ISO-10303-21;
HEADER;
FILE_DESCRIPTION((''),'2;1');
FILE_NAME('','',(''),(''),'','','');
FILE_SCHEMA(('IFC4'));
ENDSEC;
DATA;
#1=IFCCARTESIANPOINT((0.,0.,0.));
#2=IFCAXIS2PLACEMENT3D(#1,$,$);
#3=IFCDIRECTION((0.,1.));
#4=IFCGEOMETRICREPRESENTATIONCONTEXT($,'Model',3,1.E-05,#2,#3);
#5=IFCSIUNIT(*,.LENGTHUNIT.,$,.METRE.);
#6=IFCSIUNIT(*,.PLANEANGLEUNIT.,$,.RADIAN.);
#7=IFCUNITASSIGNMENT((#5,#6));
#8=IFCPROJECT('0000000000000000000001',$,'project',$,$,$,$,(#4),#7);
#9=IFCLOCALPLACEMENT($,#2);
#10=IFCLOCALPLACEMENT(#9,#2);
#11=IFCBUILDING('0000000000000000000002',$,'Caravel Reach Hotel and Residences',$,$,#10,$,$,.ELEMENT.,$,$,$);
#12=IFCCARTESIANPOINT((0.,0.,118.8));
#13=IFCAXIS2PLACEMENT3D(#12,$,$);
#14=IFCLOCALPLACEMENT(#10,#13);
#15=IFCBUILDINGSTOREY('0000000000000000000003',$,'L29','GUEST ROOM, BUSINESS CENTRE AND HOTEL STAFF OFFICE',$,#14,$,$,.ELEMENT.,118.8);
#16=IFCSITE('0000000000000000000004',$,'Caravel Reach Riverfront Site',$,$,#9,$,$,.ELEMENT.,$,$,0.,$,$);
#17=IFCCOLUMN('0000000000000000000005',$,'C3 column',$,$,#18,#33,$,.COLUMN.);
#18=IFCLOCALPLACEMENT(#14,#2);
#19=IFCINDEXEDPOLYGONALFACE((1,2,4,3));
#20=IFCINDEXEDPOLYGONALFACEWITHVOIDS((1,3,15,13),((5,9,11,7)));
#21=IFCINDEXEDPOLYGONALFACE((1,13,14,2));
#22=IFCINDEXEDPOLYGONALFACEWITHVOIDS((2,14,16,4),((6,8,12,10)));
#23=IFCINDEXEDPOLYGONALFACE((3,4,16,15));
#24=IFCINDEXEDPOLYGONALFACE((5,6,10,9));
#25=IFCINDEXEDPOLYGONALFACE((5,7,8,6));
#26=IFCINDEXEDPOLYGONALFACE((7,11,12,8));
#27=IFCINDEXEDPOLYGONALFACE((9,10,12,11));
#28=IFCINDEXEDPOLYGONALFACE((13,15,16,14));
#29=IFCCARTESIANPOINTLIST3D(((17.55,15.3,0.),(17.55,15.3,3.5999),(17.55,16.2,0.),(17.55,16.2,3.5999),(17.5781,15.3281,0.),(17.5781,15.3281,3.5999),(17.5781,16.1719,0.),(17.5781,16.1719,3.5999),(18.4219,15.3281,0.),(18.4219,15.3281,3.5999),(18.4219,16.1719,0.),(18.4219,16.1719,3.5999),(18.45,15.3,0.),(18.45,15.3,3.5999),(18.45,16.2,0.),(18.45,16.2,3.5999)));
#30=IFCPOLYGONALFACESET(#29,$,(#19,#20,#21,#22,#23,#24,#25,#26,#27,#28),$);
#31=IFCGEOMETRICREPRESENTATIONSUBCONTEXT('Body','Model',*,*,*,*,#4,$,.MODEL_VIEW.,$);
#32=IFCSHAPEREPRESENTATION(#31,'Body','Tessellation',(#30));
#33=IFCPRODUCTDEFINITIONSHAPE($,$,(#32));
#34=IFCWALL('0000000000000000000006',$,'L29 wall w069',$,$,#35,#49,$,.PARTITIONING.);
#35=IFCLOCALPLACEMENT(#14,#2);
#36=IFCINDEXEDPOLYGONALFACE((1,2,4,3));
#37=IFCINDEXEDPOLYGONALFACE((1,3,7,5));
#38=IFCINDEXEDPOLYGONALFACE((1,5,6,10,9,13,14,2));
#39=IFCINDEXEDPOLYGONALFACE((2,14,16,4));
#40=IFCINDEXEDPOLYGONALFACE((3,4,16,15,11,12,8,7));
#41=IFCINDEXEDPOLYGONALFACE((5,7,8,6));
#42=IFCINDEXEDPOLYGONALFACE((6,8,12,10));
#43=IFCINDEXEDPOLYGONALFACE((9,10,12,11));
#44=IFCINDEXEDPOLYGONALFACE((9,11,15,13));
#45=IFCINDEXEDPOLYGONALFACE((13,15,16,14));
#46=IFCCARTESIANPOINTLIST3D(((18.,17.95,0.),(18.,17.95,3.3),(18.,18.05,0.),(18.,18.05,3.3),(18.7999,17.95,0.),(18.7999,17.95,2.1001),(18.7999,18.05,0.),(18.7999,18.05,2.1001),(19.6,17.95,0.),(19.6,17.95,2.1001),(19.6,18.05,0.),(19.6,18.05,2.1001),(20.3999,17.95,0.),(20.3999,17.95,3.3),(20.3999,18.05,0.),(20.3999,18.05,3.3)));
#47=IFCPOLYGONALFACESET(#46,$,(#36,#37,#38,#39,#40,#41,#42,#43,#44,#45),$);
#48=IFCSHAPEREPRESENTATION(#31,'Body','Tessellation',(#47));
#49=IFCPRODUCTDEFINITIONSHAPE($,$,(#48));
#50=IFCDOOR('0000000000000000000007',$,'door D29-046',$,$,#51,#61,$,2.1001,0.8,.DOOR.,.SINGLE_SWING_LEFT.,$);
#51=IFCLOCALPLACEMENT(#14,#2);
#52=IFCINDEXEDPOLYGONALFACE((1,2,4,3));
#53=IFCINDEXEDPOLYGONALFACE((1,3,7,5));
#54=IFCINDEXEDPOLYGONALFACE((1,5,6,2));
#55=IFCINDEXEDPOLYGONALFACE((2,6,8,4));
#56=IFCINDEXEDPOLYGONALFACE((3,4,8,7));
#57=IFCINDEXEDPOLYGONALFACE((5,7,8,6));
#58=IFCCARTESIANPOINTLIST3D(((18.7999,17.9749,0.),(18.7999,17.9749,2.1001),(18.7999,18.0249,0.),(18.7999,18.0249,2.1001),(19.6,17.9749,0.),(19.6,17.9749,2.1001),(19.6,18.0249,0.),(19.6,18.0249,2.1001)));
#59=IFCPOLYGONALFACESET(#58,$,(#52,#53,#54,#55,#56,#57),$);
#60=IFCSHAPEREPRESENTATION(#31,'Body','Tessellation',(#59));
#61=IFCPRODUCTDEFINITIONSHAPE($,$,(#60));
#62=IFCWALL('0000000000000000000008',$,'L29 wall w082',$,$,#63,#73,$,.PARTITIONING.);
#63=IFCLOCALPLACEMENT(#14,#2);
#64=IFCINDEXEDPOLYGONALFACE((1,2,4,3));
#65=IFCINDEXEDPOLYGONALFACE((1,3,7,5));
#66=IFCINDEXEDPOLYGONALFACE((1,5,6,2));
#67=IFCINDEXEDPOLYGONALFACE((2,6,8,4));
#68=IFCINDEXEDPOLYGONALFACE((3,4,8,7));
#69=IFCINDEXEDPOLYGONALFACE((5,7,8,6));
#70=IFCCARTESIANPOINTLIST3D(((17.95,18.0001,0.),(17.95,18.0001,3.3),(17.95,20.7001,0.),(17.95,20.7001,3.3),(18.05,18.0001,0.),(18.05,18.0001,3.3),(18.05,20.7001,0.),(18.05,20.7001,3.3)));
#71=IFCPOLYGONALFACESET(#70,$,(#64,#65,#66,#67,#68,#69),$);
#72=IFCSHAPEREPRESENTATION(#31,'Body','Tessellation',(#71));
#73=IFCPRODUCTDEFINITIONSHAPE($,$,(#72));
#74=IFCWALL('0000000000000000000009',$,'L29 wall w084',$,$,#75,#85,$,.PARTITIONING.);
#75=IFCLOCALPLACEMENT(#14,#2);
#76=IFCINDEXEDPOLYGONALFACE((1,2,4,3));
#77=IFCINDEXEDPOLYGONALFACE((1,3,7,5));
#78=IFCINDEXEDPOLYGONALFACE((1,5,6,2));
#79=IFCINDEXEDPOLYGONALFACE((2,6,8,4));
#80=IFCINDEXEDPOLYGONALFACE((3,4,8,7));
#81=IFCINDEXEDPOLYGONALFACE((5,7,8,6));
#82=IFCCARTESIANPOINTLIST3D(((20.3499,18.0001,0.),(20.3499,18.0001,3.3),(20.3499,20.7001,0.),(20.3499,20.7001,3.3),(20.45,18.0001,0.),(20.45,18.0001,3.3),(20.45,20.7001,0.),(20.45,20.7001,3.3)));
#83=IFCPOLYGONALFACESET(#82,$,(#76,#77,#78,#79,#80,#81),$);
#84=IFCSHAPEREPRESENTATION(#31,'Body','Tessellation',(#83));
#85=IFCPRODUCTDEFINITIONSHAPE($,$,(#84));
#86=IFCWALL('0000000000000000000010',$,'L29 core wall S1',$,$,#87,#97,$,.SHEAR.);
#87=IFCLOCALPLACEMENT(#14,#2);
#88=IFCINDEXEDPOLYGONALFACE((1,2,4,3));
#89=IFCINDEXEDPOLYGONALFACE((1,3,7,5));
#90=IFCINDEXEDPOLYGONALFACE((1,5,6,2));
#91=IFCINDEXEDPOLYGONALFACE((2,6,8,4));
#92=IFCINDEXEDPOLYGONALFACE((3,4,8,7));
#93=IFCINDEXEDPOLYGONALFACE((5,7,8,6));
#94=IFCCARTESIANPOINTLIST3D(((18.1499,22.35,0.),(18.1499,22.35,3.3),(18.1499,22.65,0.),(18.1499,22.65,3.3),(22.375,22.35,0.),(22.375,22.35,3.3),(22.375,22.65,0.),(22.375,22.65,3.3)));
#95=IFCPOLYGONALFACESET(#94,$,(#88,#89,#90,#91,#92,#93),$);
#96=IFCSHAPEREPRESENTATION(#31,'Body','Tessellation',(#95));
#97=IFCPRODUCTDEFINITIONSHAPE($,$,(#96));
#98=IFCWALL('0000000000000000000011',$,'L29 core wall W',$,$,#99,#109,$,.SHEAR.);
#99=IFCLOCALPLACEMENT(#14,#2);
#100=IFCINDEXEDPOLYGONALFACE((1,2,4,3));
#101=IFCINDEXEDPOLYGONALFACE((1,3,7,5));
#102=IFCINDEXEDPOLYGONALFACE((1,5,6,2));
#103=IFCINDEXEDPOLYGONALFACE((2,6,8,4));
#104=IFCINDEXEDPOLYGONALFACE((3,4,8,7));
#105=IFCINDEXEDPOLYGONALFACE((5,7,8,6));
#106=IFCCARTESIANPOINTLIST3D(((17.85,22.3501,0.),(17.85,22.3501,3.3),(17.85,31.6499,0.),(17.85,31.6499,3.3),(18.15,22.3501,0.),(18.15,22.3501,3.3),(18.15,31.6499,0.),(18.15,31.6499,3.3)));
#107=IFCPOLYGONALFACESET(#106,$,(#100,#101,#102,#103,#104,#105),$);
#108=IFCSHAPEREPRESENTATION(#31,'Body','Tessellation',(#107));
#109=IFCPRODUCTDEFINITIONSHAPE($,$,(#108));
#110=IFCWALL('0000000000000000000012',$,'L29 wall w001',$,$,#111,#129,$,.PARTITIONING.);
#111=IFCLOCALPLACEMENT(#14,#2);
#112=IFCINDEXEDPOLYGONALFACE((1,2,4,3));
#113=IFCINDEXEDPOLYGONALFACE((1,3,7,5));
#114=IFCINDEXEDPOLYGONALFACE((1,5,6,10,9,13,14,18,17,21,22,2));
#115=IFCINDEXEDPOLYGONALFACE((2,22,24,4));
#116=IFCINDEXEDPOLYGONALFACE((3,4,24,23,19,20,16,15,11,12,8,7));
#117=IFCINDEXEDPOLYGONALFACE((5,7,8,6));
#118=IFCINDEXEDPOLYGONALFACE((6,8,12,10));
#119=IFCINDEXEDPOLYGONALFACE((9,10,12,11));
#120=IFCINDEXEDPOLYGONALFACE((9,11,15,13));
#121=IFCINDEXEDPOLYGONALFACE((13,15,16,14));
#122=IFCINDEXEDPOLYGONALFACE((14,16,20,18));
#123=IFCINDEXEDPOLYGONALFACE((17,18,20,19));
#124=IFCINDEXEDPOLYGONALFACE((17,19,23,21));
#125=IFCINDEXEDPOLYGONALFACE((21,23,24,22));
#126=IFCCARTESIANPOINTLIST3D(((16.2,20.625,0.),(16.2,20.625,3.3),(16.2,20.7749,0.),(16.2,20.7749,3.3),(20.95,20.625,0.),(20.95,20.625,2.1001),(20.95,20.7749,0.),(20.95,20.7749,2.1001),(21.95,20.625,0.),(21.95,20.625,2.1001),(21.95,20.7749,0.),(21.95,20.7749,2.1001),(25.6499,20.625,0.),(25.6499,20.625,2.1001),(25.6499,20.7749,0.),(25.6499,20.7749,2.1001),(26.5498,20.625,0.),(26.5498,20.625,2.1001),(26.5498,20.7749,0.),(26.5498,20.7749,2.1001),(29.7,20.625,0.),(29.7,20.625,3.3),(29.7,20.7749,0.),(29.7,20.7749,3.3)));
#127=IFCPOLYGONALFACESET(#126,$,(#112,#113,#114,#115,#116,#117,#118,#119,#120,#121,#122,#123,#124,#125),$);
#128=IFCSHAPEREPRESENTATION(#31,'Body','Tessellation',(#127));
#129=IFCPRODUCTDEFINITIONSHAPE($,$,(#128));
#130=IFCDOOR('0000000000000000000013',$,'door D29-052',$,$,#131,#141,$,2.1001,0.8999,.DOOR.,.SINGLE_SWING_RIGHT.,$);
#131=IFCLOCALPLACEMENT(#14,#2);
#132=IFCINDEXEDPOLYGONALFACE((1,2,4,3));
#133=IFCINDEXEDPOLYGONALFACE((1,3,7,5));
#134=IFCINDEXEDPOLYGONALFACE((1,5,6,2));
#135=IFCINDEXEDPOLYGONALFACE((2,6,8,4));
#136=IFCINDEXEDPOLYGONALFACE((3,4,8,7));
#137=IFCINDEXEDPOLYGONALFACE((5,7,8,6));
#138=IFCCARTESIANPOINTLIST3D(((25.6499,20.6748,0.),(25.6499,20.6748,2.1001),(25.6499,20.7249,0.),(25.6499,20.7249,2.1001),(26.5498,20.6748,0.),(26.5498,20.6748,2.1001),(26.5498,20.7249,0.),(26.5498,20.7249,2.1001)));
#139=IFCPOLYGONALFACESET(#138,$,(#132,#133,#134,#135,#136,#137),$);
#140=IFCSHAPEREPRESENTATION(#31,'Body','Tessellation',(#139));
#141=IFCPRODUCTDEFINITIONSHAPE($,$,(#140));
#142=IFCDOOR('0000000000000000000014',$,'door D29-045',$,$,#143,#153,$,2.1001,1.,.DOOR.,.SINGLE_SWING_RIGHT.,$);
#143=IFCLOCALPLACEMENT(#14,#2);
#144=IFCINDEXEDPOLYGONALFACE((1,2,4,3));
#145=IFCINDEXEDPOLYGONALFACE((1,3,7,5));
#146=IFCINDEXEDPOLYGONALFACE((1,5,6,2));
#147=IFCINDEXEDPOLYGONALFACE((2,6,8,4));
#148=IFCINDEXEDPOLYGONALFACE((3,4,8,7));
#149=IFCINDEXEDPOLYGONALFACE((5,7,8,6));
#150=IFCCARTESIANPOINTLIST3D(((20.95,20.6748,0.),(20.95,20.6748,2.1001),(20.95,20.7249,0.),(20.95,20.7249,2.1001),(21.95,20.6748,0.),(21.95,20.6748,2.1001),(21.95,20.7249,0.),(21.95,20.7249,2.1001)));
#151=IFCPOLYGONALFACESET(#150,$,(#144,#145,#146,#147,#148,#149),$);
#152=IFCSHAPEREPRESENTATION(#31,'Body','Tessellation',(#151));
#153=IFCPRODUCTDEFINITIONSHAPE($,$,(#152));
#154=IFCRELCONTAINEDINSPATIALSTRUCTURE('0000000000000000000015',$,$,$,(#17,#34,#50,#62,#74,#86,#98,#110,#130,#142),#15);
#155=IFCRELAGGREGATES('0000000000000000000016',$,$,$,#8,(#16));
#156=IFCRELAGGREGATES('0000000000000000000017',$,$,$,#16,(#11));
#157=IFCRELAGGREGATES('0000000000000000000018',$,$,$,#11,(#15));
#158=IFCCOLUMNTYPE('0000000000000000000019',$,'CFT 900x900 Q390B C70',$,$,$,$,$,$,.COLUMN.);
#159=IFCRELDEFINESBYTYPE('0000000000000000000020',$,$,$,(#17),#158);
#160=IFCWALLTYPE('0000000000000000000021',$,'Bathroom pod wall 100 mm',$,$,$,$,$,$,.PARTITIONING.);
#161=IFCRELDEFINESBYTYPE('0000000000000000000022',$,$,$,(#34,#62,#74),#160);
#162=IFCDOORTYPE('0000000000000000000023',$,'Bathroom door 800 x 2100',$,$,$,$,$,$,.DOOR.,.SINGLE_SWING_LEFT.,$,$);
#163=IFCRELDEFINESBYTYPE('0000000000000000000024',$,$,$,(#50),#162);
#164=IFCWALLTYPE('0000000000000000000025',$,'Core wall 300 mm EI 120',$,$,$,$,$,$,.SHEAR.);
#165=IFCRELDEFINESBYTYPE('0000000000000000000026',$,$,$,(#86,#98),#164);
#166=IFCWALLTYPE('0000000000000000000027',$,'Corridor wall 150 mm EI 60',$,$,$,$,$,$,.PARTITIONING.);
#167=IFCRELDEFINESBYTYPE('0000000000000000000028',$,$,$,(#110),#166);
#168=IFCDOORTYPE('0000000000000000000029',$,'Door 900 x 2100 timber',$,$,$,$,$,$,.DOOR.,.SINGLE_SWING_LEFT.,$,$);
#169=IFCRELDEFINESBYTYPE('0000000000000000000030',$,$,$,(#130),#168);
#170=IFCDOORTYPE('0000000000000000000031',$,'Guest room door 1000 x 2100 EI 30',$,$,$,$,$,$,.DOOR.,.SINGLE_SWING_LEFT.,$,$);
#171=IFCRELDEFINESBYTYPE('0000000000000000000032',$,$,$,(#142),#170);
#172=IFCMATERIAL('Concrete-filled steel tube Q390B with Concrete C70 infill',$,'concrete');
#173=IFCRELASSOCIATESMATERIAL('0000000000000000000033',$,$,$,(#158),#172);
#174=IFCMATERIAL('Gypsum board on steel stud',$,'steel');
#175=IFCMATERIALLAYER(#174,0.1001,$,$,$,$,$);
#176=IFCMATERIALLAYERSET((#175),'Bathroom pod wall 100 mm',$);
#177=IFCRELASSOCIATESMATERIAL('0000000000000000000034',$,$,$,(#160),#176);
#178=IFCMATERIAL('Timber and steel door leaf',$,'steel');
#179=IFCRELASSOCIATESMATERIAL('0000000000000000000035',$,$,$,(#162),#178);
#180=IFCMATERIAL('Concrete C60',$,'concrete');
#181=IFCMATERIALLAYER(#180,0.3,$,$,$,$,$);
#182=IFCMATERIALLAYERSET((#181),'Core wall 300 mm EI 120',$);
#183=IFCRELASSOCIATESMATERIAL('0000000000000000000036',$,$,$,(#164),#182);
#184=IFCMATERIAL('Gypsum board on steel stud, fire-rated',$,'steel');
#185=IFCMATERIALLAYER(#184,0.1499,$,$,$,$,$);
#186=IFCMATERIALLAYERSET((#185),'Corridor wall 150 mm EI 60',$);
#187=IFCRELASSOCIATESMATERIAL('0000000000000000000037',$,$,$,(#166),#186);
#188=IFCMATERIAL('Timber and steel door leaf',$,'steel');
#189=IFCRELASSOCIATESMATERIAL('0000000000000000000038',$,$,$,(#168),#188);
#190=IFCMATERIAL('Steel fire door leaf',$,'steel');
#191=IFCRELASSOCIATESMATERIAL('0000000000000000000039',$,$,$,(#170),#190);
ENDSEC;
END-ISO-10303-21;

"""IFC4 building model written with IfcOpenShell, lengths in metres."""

from ifc_helpers import new_model, si_unit, direction, frame, frame_2d, origin, origin_2d, place, context, subcontext, project, spatial, rectangle, hollow_rectangle, extrude, material, layer, layer_set, material_profile, profile_set, type_object, element, fill, save


model = new_model("IFC4")

# Units and contexts
model_context = context("Model", 3, precision=1e-05, world=origin(), true_north=direction((0.0, 1.0)))
body_context = subcontext(model_context, "Body", "Model", "MODEL_VIEW")
ifc_project = project(units=[si_unit("LENGTHUNIT", "METRE"), si_unit("PLANEANGLEUNIT", "RADIAN")], contexts=[model_context])

# Site, building, storey
site_placement = place(None, origin())
site = spatial("IfcSite", under=ifc_project, at=site_placement, Name="Caravel Reach Riverfront Site", CompositionType="ELEMENT", RefElevation=0.0)
building_placement = place(site_placement, origin())
building = spatial("IfcBuilding", under=site, at=building_placement, Name="Caravel Reach Hotel and Residences", CompositionType="ELEMENT")
storey_placement = place(building_placement, frame((0.0, 0.0, 118.8)))
storey = spatial("IfcBuildingStorey", under=building, at=storey_placement, Name="L29", Description="GUEST ROOM, BUSINESS CENTRE AND HOTEL STAFF OFFICE", CompositionType="ELEMENT", Elevation=118.8)

# Column
ifc_material_1 = material(Name="Concrete-filled steel tube Q390B with Concrete C70 infill", Category="concrete")
ifc_material_profile = material_profile(ifc_material_1, hollow_rectangle(XDim=0.8999, YDim=0.8999, WallThickness=0.0281, at=origin_2d()), Name="RHS 900x900x28")
ifc_profile_set = profile_set([ifc_material_profile], Name="Concrete-filled steel tube Q390B with Concrete C70 infill")
column_type = type_object("IfcColumnType", Name="CFT 900x900 Q390B C70", PredefinedType="COLUMN", material=ifc_profile_set)
column_placement = place(storey_placement, frame((18.0, 15.75, 0.0), z_axis=(0.0, 0.0, 1.0), x_axis=(1.0, 0.0, 0.0)))
element("IfcColumn", 1, at=column_placement, inside=storey, type_object=column_type, Name="C3 column", PredefinedType="COLUMN", context=body_context, shape_type="SweptSolid", body=[
    extrude(hollow_rectangle(XDim=0.8999, YDim=0.8999, WallThickness=0.0281, at=origin_2d()), origin(), (0.0, 0.0, 1.0), 3.5999),
])

# Wall, opening, door
ifc_material_2 = material(Name="Gypsum board on steel stud", Category="steel")
ifc_layer_1 = layer(ifc_material_2, 0.1001)
ifc_layer_set_1 = layer_set([ifc_layer_1], Name="Bathroom pod wall 100 mm")
wall_type_1 = type_object("IfcWallType", Name="Bathroom pod wall 100 mm", PredefinedType="PARTITIONING", material=ifc_layer_set_1)
wall_1_placement = place(storey_placement, frame((18.0, 18.0, 0.0), z_axis=(0.0, 0.0, 1.0), x_axis=(1.0, 0.0, 0.0)))
wall_1 = element("IfcWall", 2, at=wall_1_placement, inside=storey, type_object=wall_type_1, Name="L29 wall w069", PredefinedType="PARTITIONING", context=body_context, shape_type="SweptSolid", body=[
    extrude(rectangle(XDim=2.3999, YDim=0.1001, at=frame_2d((1.2, 0.0))), origin(), (0.0, 0.0, 1.0), 3.3),
])
opening_1_placement = place(wall_1_placement, frame((0.8, 0.0, 0.0)))
opening_1 = element("IfcOpeningElement", 3, at=opening_1_placement, cuts=wall_1, PredefinedType="OPENING", context=body_context, shape_type="SweptSolid", body=[
    extrude(rectangle(XDim=0.8, YDim=2.1001, at=frame_2d((0.3999, 1.05))), frame((0.0, 0.0601, 0.0), z_axis=(0.0, -1.0, 0.0), x_axis=(1.0, 0.0, 0.0)), (0.0, 0.0, 1.0), 0.1201),
])
ifc_material_3 = material(Name="Timber and steel door leaf", Category="steel")
door_type_1 = type_object("IfcDoorType", Name="Bathroom door 800 x 2100", OperationType="SINGLE_SWING_LEFT", PredefinedType="DOOR", material=ifc_material_3)
door_1_placement = place(opening_1_placement, origin())
door_1 = element("IfcDoor", 4, at=door_1_placement, inside=storey, type_object=door_type_1, Name="door D29-046", OperationType="SINGLE_SWING_LEFT", OverallHeight=2.1001, OverallWidth=0.8, PredefinedType="DOOR", context=body_context, shape_type="SweptSolid", body=[
    extrude(rectangle(XDim=0.8, YDim=2.1001, at=frame_2d((0.3999, 1.05))), frame((0.0, 0.0249, 0.0), z_axis=(0.0, -1.0, 0.0), x_axis=(1.0, 0.0, 0.0)), (0.0, 0.0, 1.0), 0.05),
])
fill(opening_1, door_1)

# Walls
for number, where, z_axis, x_axis, name in (
    (5, (18.0, 18.0, 0.0), (0.0, 0.0, 1.0), (0.0, 1.0, 0.0), "L29 wall w082"),
    (6, (20.3999, 18.0, 0.0), (0.0, 0.0, 1.0), (0.0, 1.0, 0.0), "L29 wall w084"),
):
    element("IfcWall", number, at=place(storey_placement, frame(where, z_axis=z_axis, x_axis=x_axis)), inside=storey, type_object=wall_type_1, Name=name, PredefinedType="PARTITIONING", context=body_context, shape_type="SweptSolid", body=[
        extrude(rectangle(XDim=2.7, YDim=0.1001, at=frame_2d((1.3501, 0.0))), origin(), (0.0, 0.0, 1.0), 3.3),
    ])
ifc_material_4 = material(Name="Concrete C60", Category="concrete")
ifc_layer_2 = layer(ifc_material_4, 0.3)
ifc_layer_set_2 = layer_set([ifc_layer_2], Name="Core wall 300 mm EI 120")
wall_type_2 = type_object("IfcWallType", Name="Core wall 300 mm EI 120", PredefinedType="SHEAR", material=ifc_layer_set_2)
wall_2_placement = place(storey_placement, frame((18.1499, 22.5, 0.0), z_axis=(0.0, 0.0, 1.0), x_axis=(1.0, 0.0, 0.0)))
element("IfcWall", 7, at=wall_2_placement, inside=storey, type_object=wall_type_2, Name="L29 core wall S1", PredefinedType="SHEAR", context=body_context, shape_type="SweptSolid", body=[
    extrude(rectangle(XDim=4.2251, YDim=0.3, at=frame_2d((2.1125, 0.0))), origin(), (0.0, 0.0, 1.0), 3.3),
])
wall_3_placement = place(storey_placement, frame((18.0, 22.3501, 0.0), z_axis=(0.0, 0.0, 1.0), x_axis=(0.0, 1.0, 0.0)))
element("IfcWall", 8, at=wall_3_placement, inside=storey, type_object=wall_type_2, Name="L29 core wall W", PredefinedType="SHEAR", context=body_context, shape_type="SweptSolid", body=[
    extrude(rectangle(XDim=9.2998, YDim=0.3, at=frame_2d((4.6499, 0.0))), origin(), (0.0, 0.0, 1.0), 3.3),
])

# Wall, openings, doors
ifc_material_5 = material(Name="Gypsum board on steel stud, fire-rated", Category="steel")
ifc_layer_3 = layer(ifc_material_5, 0.1499)
ifc_layer_set_3 = layer_set([ifc_layer_3], Name="Corridor wall 150 mm EI 60")
wall_type_3 = type_object("IfcWallType", Name="Corridor wall 150 mm EI 60", PredefinedType="PARTITIONING", material=ifc_layer_set_3)
wall_4_placement = place(storey_placement, frame((16.2, 20.7, 0.0), z_axis=(0.0, 0.0, 1.0), x_axis=(1.0, 0.0, 0.0)))
wall_4 = element("IfcWall", 9, at=wall_4_placement, inside=storey, type_object=wall_type_3, Name="L29 wall w001", PredefinedType="PARTITIONING", context=body_context, shape_type="SweptSolid", body=[
    extrude(rectangle(XDim=13.5, YDim=0.1499, at=frame_2d((6.75, 0.0))), origin(), (0.0, 0.0, 1.0), 3.3),
])
opening_2_placement = place(wall_4_placement, frame((4.75, 0.0, 0.0)))
opening_2 = element("IfcOpeningElement", 10, at=opening_2_placement, cuts=wall_4, PredefinedType="OPENING", context=body_context, shape_type="SweptSolid", body=[
    extrude(rectangle(XDim=1.0, YDim=2.1001, at=frame_2d((0.5, 1.05))), frame((0.0, 0.085, 0.0), z_axis=(0.0, -1.0, 0.0), x_axis=(1.0, 0.0, 0.0)), (0.0, 0.0, 1.0), 0.1699),
])
opening_3_placement = place(wall_4_placement, frame((9.45, 0.0, 0.0)))
opening_3 = element("IfcOpeningElement", 11, at=opening_3_placement, cuts=wall_4, PredefinedType="OPENING", context=body_context, shape_type="SweptSolid", body=[
    extrude(rectangle(XDim=0.8999, YDim=2.1001, at=frame_2d((0.45, 1.05))), frame((0.0, 0.085, 0.0), z_axis=(0.0, -1.0, 0.0), x_axis=(1.0, 0.0, 0.0)), (0.0, 0.0, 1.0), 0.1699),
])
ifc_material_6 = material(Name="Timber and steel door leaf", Category="steel")
door_type_2 = type_object("IfcDoorType", Name="Door 900 x 2100 timber", OperationType="SINGLE_SWING_LEFT", PredefinedType="DOOR", material=ifc_material_6)
door_2_placement = place(opening_3_placement, origin())
door_2 = element("IfcDoor", 12, at=door_2_placement, inside=storey, type_object=door_type_2, Name="door D29-052", OperationType="SINGLE_SWING_RIGHT", OverallHeight=2.1001, OverallWidth=0.8999, PredefinedType="DOOR", context=body_context, shape_type="SweptSolid", body=[
    extrude(rectangle(XDim=0.8999, YDim=2.1001, at=frame_2d((0.45, 1.05))), frame((0.0, 0.0249, 0.0), z_axis=(0.0, -1.0, 0.0), x_axis=(1.0, 0.0, 0.0)), (0.0, 0.0, 1.0), 0.05),
])
fill(opening_3, door_2)
ifc_material_7 = material(Name="Steel fire door leaf", Category="steel")
door_type_3 = type_object("IfcDoorType", Name="Guest room door 1000 x 2100 EI 30", OperationType="SINGLE_SWING_LEFT", PredefinedType="DOOR", material=ifc_material_7)
door_3_placement = place(opening_2_placement, origin())
door_3 = element("IfcDoor", 13, at=door_3_placement, inside=storey, type_object=door_type_3, Name="door D29-045", OperationType="SINGLE_SWING_RIGHT", OverallHeight=2.1001, OverallWidth=1.0, PredefinedType="DOOR", context=body_context, shape_type="SweptSolid", body=[
    extrude(rectangle(XDim=1.0, YDim=2.1001, at=frame_2d((0.5, 1.05))), frame((0.0, 0.0249, 0.0), z_axis=(0.0, -1.0, 0.0), x_axis=(1.0, 0.0, 0.0)), (0.0, 0.0, 1.0), 0.05),
])
fill(opening_2, door_3)

save(model, "model.ifc")
